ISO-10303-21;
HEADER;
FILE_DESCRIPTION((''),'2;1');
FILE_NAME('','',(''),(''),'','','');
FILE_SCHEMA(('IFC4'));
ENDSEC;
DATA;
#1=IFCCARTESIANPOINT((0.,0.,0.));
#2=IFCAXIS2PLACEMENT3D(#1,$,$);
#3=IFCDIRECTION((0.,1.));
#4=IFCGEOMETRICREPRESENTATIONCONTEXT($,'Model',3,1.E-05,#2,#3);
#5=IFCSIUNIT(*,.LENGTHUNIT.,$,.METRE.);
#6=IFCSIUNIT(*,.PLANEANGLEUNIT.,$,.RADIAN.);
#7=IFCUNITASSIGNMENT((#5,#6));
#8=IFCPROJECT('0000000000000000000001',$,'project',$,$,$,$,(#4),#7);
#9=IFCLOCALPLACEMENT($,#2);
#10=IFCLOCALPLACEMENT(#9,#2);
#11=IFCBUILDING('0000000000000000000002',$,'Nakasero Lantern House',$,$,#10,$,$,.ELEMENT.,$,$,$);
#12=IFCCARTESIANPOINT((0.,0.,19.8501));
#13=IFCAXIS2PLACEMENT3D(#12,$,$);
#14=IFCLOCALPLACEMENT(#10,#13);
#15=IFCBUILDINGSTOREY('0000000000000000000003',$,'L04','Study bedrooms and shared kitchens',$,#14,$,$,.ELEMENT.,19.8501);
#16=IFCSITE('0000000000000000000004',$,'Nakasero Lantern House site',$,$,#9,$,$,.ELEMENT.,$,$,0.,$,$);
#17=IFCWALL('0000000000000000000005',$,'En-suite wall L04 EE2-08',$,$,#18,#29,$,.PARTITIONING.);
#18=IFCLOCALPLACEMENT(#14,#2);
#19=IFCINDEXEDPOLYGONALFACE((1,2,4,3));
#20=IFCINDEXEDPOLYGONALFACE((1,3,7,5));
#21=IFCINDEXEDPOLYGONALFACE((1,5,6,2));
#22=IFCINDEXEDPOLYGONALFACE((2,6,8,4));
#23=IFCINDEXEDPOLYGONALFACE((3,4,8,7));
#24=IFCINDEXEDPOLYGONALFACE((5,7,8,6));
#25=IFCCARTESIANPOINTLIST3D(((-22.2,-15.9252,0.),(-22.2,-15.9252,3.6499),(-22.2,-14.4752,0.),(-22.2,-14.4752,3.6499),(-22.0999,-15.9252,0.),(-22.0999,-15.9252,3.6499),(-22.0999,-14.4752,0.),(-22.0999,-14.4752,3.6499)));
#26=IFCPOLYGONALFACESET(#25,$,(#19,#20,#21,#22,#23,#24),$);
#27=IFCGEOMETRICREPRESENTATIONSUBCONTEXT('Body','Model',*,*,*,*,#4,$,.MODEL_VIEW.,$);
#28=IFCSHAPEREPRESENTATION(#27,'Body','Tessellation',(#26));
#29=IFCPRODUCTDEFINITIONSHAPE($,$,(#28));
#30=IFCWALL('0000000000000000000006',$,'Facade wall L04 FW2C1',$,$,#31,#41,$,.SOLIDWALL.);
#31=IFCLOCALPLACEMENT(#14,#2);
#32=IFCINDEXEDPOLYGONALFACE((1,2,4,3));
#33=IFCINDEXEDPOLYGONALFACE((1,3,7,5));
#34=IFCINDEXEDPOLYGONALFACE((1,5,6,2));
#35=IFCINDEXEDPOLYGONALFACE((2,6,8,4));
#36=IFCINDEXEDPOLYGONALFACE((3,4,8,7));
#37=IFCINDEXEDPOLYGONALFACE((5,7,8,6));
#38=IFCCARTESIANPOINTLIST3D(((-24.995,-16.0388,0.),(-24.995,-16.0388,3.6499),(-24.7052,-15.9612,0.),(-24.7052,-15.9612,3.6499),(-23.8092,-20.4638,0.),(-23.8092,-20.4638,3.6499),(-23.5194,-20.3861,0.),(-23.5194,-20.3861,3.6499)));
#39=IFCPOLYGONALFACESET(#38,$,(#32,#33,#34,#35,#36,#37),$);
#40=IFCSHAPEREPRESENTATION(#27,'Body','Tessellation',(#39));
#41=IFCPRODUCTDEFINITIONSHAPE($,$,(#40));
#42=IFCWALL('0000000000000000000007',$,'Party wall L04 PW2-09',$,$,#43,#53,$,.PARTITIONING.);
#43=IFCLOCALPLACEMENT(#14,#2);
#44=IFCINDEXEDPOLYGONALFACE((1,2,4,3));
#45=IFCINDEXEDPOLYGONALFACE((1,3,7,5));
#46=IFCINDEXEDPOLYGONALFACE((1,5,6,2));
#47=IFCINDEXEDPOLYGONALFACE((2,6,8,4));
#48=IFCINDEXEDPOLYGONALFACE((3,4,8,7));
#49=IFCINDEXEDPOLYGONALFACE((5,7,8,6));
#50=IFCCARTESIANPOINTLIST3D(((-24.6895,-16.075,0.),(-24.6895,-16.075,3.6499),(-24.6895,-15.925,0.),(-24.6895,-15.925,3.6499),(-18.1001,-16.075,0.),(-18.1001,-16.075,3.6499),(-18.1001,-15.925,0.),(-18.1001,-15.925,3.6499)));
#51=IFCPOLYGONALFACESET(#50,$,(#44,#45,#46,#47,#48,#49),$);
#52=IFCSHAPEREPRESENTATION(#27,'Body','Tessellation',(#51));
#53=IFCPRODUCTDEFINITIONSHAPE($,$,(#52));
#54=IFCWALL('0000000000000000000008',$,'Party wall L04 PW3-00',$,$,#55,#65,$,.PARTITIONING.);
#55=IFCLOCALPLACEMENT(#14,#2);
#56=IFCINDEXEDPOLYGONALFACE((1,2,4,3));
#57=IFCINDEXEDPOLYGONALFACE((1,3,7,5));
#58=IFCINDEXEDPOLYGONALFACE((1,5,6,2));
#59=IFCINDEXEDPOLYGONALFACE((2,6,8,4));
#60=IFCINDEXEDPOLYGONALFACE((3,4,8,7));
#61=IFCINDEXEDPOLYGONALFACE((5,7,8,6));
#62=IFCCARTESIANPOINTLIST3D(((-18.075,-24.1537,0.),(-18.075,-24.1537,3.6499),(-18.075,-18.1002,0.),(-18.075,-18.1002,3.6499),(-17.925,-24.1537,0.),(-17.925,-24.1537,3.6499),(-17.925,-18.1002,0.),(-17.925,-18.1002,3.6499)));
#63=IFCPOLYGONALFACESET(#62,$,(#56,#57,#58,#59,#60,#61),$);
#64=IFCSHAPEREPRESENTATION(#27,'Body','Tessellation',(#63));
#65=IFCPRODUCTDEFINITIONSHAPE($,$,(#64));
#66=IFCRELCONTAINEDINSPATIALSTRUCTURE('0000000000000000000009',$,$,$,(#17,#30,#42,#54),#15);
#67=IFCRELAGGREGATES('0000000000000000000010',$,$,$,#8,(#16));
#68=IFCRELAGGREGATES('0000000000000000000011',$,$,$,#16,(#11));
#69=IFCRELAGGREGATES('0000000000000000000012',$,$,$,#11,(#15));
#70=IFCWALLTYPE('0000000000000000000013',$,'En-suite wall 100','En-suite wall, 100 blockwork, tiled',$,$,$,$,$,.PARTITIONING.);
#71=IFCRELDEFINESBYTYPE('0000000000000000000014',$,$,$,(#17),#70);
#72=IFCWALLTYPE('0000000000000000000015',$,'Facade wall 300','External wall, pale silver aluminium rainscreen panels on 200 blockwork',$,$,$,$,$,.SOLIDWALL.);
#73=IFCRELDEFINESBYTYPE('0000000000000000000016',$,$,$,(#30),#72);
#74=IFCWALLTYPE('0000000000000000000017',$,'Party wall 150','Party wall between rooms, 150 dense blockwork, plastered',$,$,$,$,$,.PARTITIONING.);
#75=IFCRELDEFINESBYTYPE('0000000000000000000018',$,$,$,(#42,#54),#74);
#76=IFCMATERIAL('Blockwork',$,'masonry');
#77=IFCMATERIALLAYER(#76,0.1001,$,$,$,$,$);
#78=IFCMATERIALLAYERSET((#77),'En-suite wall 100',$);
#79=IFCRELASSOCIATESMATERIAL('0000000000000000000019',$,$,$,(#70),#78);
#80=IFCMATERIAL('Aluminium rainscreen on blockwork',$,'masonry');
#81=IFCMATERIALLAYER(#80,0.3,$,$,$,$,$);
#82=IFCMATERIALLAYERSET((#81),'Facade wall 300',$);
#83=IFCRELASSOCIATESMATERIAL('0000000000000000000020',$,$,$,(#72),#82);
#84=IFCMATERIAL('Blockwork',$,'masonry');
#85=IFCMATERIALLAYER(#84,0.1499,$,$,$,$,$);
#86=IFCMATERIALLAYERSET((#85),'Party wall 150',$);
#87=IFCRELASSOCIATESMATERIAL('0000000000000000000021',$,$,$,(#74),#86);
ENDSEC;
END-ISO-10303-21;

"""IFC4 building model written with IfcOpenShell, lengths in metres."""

from ifc_helpers import new_model, si_unit, direction, frame, frame_2d, origin, place, context, subcontext, project, spatial, rectangle, extrude, material, layer, layer_set, type_object, element, save


model = new_model("IFC4")

# Units and contexts
model_context = context("Model", 3, precision=1e-05, world=origin(), true_north=direction((0.0, 1.0)))
body_context = subcontext(model_context, "Body", "Model", "MODEL_VIEW")
ifc_project = project(units=[si_unit("LENGTHUNIT", "METRE"), si_unit("PLANEANGLEUNIT", "RADIAN")], contexts=[model_context])

# Site, building, storey
site_placement = place(None, origin())
site = spatial("IfcSite", under=ifc_project, at=site_placement, Name="Nakasero Lantern House site", CompositionType="ELEMENT", RefElevation=0.0)
building_placement = place(site_placement, origin())
building = spatial("IfcBuilding", under=site, at=building_placement, Name="Nakasero Lantern House", CompositionType="ELEMENT")
storey_placement = place(building_placement, frame((0.0, 0.0, 19.8501)))
storey = spatial("IfcBuildingStorey", under=building, at=storey_placement, Name="L04", Description="Study bedrooms and shared kitchens", CompositionType="ELEMENT", Elevation=19.8501)

# Shared definitions
ifc_material_1 = material(Name="Blockwork", Category="masonry")
ifc_layer_1 = layer(ifc_material_1, 0.1001)
ifc_layer_set_1 = layer_set([ifc_layer_1], Name="En-suite wall 100")
wall_type_1 = type_object("IfcWallType", Name="En-suite wall 100", Description="En-suite wall, 100 blockwork, tiled", PredefinedType="PARTITIONING", material=ifc_layer_set_1)

# Walls
wall_1_placement = place(storey_placement, frame((-22.1499, -14.4751, 0.0), z_axis=(0.0, 0.0, 1.0), x_axis=(0.0, -1.0, 0.0)))
element("IfcWall", 1, at=wall_1_placement, inside=storey, type_object=wall_type_1, Name="En-suite wall L04 EE2-08", PredefinedType="PARTITIONING", context=body_context, shape_type="SweptSolid", body=[
    extrude(rectangle(XDim=1.45, YDim=0.1001, at=frame_2d((0.7251, 0.0))), origin(), (0.0, 0.0, 1.0), 3.6499),
])
ifc_material_2 = material(Name="Aluminium rainscreen on blockwork", Category="masonry")
ifc_layer_2 = layer(ifc_material_2, 0.3)
ifc_layer_set_2 = layer_set([ifc_layer_2], Name="Facade wall 300")
wall_type_2 = type_object("IfcWallType", Name="Facade wall 300", Description="External wall, pale silver aluminium rainscreen panels on 200 blockwork", PredefinedType="SOLIDWALL", material=ifc_layer_set_2)
wall_2_placement = place(storey_placement, frame((-24.8501, -16.0, 0.0), z_axis=(0.0, 0.0, 1.0), x_axis=(0.25884, -0.96592, 0.0)))
element("IfcWall", 2, at=wall_2_placement, inside=storey, type_object=wall_type_2, Name="Facade wall L04 FW2C1", PredefinedType="SOLIDWALL", context=body_context, shape_type="SweptSolid", body=[
    extrude(rectangle(XDim=4.5811, YDim=0.3, at=frame_2d((2.2905, 0.0))), origin(), (0.0, 0.0, 1.0), 3.6499),
])
ifc_material_3 = material(Name="Blockwork", Category="masonry")
ifc_layer_3 = layer(ifc_material_3, 0.1499)
ifc_layer_set_3 = layer_set([ifc_layer_3], Name="Party wall 150")
wall_type_3 = type_object("IfcWallType", Name="Party wall 150", Description="Party wall between rooms, 150 dense blockwork, plastered", PredefinedType="PARTITIONING", material=ifc_layer_set_3)
wall_3_placement = place(storey_placement, frame((-18.1001, -16.0, 0.0), z_axis=(0.0, 0.0, 1.0), x_axis=(-1.0, 0.0, 0.0)))
element("IfcWall", 3, at=wall_3_placement, inside=storey, type_object=wall_type_3, Name="Party wall L04 PW2-09", PredefinedType="PARTITIONING", context=body_context, shape_type="SweptSolid", body=[
    extrude(rectangle(XDim=6.5894, YDim=0.1499, at=frame_2d((3.2947, 0.0))), origin(), (0.0, 0.0, 1.0), 3.6499),
])
wall_4_placement = place(storey_placement, frame((-18.0, -18.1001, 0.0), z_axis=(0.0, 0.0, 1.0), x_axis=(0.0, -1.0, 0.0)))
element("IfcWall", 4, at=wall_4_placement, inside=storey, type_object=wall_type_3, Name="Party wall L04 PW3-00", PredefinedType="PARTITIONING", context=body_context, shape_type="SweptSolid", body=[
    extrude(rectangle(XDim=6.0535, YDim=0.1499, at=frame_2d((3.0269, 0.0))), origin(), (0.0, 0.0, 1.0), 3.6499),
])

save(model, "model.ifc")
